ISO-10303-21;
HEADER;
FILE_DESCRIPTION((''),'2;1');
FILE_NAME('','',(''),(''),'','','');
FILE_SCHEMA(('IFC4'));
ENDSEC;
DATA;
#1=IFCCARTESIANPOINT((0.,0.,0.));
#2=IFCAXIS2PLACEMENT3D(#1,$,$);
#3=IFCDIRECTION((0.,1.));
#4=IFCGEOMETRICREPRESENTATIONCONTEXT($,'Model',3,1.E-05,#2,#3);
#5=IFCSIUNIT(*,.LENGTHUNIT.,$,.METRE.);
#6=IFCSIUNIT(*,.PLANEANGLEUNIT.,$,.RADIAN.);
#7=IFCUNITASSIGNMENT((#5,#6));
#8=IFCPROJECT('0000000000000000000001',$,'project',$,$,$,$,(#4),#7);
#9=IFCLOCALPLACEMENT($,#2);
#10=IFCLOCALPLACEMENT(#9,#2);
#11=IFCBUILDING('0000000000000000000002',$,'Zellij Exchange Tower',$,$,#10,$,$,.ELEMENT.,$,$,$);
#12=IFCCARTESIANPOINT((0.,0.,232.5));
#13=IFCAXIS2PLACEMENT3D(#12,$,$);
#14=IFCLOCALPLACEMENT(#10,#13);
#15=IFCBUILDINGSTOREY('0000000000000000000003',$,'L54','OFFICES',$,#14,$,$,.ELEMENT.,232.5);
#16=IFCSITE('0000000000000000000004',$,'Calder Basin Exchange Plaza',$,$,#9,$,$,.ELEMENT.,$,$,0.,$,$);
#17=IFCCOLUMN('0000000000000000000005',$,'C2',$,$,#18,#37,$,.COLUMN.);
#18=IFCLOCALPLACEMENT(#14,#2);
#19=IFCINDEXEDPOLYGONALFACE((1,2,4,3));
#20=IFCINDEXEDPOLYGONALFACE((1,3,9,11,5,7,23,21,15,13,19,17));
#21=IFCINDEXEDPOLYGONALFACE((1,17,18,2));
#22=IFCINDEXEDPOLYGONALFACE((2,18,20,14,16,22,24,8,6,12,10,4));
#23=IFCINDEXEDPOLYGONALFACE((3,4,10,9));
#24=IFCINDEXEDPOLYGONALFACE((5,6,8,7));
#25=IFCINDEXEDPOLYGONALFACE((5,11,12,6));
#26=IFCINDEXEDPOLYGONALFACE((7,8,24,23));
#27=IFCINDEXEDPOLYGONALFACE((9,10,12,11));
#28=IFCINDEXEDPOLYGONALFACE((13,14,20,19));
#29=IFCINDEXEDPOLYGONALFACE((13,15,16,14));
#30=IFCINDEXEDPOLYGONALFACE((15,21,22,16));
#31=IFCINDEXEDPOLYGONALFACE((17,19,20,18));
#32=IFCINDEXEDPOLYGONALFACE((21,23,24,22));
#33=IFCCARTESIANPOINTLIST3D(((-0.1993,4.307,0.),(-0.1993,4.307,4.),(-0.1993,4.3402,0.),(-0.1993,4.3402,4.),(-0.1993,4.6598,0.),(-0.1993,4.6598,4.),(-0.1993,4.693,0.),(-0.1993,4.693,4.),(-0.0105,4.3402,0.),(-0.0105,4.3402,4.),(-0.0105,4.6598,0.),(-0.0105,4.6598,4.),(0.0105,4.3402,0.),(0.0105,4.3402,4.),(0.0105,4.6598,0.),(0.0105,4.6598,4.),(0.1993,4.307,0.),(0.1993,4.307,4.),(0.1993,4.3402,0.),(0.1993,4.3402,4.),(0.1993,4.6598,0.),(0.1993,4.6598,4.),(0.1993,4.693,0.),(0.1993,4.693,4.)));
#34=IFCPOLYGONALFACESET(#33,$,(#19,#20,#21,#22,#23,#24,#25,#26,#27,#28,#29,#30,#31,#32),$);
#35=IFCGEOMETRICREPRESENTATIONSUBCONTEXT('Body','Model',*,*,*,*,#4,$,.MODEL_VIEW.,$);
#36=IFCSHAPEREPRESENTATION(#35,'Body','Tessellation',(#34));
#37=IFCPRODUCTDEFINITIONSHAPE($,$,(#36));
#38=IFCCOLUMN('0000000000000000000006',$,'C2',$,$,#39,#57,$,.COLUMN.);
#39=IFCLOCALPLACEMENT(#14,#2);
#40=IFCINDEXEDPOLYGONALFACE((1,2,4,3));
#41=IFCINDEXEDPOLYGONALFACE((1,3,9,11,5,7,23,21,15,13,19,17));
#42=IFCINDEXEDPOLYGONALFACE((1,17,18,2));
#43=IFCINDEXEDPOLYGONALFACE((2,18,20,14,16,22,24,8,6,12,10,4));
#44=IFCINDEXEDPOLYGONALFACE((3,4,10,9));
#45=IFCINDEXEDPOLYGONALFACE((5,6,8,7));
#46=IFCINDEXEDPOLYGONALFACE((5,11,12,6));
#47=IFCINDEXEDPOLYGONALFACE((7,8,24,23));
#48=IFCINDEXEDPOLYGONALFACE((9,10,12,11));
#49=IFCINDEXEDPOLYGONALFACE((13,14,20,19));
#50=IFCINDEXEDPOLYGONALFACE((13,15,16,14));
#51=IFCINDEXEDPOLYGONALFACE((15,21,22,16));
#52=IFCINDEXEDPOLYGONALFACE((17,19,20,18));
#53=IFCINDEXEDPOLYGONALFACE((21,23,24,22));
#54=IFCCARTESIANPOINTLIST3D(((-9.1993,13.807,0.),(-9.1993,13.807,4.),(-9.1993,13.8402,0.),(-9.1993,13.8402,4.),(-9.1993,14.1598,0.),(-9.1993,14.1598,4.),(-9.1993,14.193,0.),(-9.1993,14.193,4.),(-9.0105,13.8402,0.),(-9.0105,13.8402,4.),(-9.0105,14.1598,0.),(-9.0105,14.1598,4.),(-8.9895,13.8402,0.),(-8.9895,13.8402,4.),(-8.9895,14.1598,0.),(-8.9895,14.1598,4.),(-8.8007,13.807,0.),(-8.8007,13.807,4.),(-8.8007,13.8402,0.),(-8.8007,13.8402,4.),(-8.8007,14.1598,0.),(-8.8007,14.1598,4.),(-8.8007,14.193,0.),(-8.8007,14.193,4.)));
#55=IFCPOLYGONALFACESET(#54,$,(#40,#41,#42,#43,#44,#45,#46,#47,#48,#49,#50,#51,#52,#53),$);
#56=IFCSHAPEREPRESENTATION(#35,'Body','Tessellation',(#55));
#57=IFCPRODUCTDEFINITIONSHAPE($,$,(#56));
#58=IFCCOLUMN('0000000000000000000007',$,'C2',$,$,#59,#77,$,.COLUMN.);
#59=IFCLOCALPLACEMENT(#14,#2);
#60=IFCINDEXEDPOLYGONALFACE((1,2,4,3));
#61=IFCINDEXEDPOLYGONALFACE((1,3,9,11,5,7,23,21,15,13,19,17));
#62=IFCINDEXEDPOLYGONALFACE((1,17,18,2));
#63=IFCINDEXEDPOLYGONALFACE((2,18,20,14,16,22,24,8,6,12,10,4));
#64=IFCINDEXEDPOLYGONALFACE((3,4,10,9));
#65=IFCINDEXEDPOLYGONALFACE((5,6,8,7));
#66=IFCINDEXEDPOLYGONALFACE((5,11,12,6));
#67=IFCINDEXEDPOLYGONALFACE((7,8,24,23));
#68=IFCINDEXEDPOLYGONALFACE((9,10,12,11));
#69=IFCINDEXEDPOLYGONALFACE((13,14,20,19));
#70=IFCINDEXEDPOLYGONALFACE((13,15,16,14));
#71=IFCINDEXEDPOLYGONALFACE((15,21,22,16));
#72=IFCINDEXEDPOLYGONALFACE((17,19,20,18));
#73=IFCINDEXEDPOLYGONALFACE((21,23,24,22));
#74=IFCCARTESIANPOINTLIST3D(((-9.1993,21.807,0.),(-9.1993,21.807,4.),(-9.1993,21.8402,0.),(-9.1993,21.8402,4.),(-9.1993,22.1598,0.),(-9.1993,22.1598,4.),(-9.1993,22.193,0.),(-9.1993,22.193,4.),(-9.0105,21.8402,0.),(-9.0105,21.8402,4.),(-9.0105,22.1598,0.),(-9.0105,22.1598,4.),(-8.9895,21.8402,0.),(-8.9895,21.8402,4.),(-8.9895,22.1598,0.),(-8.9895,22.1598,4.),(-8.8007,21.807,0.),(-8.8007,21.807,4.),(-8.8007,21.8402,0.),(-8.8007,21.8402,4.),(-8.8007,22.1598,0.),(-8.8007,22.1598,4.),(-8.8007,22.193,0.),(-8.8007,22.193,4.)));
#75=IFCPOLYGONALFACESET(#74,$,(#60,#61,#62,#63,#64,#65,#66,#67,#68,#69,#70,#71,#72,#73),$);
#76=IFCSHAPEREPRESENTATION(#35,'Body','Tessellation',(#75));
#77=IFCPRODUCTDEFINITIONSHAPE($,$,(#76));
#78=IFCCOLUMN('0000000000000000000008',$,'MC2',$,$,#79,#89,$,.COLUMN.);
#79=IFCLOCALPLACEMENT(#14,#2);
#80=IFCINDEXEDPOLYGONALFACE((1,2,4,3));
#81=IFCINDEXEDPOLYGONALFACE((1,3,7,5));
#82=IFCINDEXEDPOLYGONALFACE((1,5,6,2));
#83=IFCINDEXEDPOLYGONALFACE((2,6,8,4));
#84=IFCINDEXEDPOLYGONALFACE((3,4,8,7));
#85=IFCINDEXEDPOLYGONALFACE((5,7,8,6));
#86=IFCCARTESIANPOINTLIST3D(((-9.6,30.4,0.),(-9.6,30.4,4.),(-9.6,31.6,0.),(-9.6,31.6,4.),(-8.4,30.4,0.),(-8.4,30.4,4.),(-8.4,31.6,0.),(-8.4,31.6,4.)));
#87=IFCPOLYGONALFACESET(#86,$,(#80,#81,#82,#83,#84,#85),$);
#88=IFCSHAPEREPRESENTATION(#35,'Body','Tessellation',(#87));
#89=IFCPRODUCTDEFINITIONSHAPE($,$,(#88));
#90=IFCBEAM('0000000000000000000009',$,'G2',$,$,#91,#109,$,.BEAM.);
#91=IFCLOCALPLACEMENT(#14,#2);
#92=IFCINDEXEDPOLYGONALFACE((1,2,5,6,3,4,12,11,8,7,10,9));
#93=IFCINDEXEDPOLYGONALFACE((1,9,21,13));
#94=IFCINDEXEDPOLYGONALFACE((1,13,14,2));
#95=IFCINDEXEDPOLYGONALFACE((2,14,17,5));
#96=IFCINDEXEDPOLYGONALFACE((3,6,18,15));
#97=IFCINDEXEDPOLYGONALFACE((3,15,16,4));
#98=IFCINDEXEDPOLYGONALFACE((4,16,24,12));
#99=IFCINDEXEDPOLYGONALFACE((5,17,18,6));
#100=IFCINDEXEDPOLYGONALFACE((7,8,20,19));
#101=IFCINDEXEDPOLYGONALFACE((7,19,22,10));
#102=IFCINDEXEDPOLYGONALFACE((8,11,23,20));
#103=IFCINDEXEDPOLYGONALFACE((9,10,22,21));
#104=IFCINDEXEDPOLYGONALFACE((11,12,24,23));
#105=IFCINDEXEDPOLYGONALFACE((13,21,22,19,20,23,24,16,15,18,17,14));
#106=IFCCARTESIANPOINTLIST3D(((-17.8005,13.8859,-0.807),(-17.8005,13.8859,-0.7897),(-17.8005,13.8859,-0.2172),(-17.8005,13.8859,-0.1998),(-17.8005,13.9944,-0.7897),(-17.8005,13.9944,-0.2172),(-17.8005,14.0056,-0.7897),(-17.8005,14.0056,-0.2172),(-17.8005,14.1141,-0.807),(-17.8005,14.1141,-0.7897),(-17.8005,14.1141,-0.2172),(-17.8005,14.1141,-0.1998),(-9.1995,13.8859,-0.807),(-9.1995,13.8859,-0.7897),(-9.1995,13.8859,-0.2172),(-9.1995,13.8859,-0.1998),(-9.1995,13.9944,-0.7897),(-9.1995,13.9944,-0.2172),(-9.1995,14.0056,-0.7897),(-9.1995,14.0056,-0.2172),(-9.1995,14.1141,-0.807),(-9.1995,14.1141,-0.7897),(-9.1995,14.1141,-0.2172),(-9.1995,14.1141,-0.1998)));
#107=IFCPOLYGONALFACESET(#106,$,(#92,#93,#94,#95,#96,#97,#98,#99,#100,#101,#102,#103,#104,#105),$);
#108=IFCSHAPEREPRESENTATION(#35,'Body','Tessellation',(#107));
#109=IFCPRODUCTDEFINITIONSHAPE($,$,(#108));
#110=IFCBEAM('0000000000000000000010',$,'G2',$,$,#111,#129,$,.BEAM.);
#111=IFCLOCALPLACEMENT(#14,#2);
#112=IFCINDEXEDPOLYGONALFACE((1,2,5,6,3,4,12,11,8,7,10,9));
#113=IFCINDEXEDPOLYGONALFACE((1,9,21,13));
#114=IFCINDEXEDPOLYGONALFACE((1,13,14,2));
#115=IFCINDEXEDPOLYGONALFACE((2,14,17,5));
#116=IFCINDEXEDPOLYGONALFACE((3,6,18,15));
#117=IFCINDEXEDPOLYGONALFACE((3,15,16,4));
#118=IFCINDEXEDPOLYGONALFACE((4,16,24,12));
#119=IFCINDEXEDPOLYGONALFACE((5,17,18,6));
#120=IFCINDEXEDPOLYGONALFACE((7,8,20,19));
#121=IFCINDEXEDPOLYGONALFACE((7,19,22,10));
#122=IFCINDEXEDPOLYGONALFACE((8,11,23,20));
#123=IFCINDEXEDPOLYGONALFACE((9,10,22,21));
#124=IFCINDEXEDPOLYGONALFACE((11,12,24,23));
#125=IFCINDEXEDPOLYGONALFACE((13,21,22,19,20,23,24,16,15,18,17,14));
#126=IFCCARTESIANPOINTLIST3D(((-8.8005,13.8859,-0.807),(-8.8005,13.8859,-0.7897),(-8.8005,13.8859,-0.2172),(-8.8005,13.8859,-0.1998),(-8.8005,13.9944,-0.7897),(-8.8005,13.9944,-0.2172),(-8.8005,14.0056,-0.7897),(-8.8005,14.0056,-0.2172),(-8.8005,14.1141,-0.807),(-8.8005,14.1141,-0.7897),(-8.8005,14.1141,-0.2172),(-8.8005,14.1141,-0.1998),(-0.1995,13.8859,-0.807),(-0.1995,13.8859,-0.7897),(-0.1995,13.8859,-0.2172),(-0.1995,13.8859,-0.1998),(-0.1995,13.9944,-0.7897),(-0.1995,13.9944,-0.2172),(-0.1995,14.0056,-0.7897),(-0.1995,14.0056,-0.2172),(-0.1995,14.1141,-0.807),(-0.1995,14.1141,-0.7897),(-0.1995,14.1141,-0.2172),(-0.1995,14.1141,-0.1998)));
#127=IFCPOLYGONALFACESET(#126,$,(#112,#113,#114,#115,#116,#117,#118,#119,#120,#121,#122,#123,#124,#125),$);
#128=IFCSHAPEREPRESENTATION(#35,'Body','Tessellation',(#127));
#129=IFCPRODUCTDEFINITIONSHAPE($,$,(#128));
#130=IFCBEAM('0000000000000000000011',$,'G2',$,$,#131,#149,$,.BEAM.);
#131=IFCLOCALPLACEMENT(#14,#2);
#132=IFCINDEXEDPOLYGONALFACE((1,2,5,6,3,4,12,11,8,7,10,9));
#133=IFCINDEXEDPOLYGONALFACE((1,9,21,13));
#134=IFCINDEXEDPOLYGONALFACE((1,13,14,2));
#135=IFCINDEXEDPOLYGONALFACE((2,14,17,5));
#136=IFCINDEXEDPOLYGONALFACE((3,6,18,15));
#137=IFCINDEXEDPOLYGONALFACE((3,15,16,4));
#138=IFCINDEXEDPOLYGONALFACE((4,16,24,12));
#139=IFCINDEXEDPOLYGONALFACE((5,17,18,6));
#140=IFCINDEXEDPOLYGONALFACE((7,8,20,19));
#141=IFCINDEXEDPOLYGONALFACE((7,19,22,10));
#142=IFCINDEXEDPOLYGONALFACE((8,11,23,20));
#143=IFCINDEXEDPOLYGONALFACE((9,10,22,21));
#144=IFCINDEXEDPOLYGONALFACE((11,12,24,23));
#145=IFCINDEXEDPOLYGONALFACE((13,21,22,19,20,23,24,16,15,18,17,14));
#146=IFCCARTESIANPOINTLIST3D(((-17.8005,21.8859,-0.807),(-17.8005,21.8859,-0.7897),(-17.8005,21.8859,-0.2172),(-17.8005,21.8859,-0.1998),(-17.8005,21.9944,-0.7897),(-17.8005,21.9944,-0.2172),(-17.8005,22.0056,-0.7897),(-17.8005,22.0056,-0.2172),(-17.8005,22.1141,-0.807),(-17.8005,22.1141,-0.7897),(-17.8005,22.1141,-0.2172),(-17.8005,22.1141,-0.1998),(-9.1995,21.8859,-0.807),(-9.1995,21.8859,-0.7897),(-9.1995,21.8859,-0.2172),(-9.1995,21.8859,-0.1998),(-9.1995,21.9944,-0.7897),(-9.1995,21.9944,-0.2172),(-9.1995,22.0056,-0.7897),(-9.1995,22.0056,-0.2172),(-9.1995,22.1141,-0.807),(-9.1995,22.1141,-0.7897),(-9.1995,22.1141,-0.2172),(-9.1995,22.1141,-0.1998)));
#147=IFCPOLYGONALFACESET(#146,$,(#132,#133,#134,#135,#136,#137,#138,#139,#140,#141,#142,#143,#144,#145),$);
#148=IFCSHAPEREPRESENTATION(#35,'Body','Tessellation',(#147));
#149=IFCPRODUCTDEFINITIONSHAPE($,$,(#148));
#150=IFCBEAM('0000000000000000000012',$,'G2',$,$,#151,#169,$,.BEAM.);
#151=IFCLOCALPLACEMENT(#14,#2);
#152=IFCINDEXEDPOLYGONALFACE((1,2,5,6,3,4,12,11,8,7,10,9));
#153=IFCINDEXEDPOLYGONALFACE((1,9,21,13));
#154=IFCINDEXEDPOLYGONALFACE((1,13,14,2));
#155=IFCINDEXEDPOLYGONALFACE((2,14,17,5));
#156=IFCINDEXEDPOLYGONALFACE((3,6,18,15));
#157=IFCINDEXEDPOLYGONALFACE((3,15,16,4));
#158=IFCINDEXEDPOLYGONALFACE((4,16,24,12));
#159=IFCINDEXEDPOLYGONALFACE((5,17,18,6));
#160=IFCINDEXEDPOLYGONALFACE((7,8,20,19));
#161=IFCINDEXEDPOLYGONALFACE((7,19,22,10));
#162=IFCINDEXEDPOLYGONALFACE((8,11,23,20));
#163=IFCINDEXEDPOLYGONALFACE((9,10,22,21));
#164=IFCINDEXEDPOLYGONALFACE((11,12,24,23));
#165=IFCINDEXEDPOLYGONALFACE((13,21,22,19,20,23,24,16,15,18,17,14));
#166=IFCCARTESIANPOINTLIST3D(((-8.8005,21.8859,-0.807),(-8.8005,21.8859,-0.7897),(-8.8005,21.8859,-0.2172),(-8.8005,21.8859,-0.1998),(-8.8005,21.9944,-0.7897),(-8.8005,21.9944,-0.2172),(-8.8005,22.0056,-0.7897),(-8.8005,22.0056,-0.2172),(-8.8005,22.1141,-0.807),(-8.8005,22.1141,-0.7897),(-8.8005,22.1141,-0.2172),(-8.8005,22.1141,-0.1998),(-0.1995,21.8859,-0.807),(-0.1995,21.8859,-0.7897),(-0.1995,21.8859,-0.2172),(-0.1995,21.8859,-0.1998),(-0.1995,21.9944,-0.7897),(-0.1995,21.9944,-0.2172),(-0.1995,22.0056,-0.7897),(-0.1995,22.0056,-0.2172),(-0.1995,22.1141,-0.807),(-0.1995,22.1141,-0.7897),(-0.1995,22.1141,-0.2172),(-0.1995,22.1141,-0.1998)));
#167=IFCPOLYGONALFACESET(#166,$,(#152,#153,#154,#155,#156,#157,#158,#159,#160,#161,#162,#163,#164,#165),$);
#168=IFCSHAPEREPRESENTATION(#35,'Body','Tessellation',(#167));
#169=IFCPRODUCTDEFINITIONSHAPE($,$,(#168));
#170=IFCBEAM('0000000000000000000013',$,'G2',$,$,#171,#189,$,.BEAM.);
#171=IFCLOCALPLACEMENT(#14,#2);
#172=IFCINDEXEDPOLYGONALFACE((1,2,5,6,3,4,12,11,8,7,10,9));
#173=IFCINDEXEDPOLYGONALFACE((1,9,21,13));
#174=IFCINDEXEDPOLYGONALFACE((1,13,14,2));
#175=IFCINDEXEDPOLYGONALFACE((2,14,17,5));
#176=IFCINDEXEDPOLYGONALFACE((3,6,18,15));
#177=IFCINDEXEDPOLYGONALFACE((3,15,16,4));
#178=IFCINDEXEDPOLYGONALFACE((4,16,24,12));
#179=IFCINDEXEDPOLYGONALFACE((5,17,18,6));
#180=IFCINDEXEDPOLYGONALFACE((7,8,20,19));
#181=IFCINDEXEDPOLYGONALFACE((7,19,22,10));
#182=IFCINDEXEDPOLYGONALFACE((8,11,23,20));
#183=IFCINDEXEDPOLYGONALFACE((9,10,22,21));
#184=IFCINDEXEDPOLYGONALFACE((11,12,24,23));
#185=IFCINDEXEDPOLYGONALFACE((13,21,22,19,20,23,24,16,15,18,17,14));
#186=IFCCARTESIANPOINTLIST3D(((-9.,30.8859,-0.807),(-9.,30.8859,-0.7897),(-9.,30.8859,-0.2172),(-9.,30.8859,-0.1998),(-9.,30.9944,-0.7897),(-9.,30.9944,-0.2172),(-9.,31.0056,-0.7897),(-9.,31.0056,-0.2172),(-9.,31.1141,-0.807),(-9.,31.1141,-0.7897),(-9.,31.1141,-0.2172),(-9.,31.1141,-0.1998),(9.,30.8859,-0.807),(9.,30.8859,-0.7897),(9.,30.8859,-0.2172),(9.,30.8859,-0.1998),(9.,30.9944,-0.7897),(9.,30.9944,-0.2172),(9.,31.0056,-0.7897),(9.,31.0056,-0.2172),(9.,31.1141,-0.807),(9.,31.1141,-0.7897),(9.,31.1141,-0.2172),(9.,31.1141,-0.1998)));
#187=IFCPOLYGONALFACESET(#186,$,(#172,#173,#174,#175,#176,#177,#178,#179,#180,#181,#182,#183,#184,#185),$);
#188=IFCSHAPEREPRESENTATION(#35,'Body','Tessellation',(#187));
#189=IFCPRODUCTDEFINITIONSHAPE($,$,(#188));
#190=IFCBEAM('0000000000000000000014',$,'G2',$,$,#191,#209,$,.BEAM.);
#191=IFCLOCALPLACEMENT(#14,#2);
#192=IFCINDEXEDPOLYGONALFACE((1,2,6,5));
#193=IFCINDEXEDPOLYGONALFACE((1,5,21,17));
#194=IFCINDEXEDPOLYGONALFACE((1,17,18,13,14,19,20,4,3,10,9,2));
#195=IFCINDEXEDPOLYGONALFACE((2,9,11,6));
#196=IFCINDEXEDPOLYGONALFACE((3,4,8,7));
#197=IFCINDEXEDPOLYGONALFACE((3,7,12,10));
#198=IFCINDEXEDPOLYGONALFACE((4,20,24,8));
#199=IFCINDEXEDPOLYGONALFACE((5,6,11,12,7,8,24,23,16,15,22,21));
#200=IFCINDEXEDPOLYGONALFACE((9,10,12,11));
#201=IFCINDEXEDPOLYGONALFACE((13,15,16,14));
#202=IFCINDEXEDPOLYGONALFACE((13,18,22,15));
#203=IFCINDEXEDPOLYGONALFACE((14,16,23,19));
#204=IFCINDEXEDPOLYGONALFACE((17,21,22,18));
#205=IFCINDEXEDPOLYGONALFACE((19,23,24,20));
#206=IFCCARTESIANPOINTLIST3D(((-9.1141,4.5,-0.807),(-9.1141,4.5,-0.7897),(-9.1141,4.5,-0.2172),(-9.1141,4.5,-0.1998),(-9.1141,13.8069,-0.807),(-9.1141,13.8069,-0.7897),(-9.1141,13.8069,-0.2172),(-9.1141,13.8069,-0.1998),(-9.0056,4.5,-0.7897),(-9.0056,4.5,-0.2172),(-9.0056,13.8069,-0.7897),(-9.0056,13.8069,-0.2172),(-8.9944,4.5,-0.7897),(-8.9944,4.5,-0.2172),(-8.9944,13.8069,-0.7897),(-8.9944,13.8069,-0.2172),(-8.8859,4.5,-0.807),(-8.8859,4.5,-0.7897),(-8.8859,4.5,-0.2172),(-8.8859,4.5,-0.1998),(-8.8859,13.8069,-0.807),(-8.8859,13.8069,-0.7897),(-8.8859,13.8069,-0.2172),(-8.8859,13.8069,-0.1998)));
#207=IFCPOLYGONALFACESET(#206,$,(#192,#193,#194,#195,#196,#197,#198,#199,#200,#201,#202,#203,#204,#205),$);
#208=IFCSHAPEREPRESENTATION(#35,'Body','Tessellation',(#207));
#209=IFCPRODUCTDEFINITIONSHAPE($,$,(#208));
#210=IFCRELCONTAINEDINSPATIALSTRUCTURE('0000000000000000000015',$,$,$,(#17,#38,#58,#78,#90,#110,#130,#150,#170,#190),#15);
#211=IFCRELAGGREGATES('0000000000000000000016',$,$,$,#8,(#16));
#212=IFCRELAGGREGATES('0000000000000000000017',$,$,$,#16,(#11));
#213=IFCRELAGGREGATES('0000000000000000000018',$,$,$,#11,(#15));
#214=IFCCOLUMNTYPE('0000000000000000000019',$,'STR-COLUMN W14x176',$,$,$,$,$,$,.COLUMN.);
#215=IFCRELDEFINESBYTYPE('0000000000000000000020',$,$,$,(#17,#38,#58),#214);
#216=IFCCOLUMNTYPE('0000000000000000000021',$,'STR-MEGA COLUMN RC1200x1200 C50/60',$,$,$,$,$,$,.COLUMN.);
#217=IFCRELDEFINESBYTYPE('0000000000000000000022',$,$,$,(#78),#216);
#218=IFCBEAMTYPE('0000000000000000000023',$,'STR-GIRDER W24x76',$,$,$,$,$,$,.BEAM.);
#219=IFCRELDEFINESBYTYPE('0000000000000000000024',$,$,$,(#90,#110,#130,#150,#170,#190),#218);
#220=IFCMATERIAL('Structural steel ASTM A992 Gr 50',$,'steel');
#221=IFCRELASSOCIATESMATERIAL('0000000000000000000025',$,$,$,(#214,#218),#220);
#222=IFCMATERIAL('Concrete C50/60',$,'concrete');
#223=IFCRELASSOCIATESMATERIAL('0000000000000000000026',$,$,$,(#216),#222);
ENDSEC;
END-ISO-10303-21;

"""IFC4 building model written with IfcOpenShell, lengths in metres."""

from ifc_helpers import new_model, si_unit, direction, frame, origin, origin_2d, place, context, subcontext, project, spatial, rectangle, i_section, extrude, material, material_profile, profile_set, type_object, element, save


model = new_model("IFC4")

# Units and contexts
model_context = context("Model", 3, precision=1e-05, world=origin(), true_north=direction((0.0, 1.0)))
body_context = subcontext(model_context, "Body", "Model", "MODEL_VIEW")
ifc_project = project(units=[si_unit("LENGTHUNIT", "METRE"), si_unit("PLANEANGLEUNIT", "RADIAN")], contexts=[model_context])

# Site, building, storey
site_placement = place(None, origin())
site = spatial("IfcSite", under=ifc_project, at=site_placement, Name="Calder Basin Exchange Plaza", CompositionType="ELEMENT", RefElevation=0.0)
building_placement = place(site_placement, origin())
building = spatial("IfcBuilding", under=site, at=building_placement, Name="Zellij Exchange Tower", CompositionType="ELEMENT")
storey_placement = place(building_placement, frame((0.0, 0.0, 232.5)))
storey = spatial("IfcBuildingStorey", under=building, at=storey_placement, Name="L54", Description="OFFICES", CompositionType="ELEMENT", Elevation=232.5)

# Columns
ifc_material_1 = material(Name="Structural steel ASTM A992 Gr 50", Category="steel")
ifc_material_profile_1 = material_profile(ifc_material_1, i_section(OverallWidth=0.3987, OverallDepth=0.386, WebThickness=0.021, FlangeThickness=0.0332, at=origin_2d()), Name="W14x176")
ifc_profile_set_1 = profile_set([ifc_material_profile_1], Name="Structural steel ASTM A992 Gr 50")
column_type_1 = type_object("IfcColumnType", Name="STR-COLUMN W14x176", PredefinedType="COLUMN", material=ifc_profile_set_1)
for number, where, z_axis, x_axis, name in (
    (1, (0.0, 4.5, 0.0), (0.0, 0.0, 1.0), (1.0, 0.0, 0.0), "C2"),
    (2, (-9.0, 14.0, 0.0), (0.0, 0.0, 1.0), (1.0, 0.0, 0.0), "C2"),
    (3, (-9.0, 22.0, 0.0), (0.0, 0.0, 1.0), (1.0, 0.0, 0.0), "C2"),
):
    element("IfcColumn", number, at=place(storey_placement, frame(where, z_axis=z_axis, x_axis=x_axis)), inside=storey, type_object=column_type_1, Name=name, PredefinedType="COLUMN", context=body_context, shape_type="SweptSolid", body=[
        extrude(i_section(OverallWidth=0.3987, OverallDepth=0.386, WebThickness=0.021, FlangeThickness=0.0332, at=origin_2d()), origin(), (0.0, 0.0, 1.0), 4.0),
    ])
ifc_material_2 = material(Name="Concrete C50/60", Category="concrete")
ifc_material_profile_2 = material_profile(ifc_material_2, rectangle(XDim=1.2, YDim=1.2, at=origin_2d()), Name="STR-MEGA COLUMN RC1200x1200 C50/60")
ifc_profile_set_2 = profile_set([ifc_material_profile_2], Name="Concrete C50/60")
column_type_2 = type_object("IfcColumnType", Name="STR-MEGA COLUMN RC1200x1200 C50/60", PredefinedType="COLUMN", material=ifc_profile_set_2)
column_placement = place(storey_placement, frame((-9.0, 31.0, 0.0), z_axis=(0.0, 0.0, 1.0), x_axis=(1.0, 0.0, 0.0)))
element("IfcColumn", 4, at=column_placement, inside=storey, type_object=column_type_2, Name="MC2", PredefinedType="COLUMN", context=body_context, shape_type="SweptSolid", body=[
    extrude(rectangle(XDim=1.2, YDim=1.2, at=origin_2d()), origin(), (0.0, 0.0, 1.0), 4.0),
])

# Beams
ifc_material_profile_3 = material_profile(ifc_material_1, i_section(OverallWidth=0.2283, OverallDepth=0.6072, WebThickness=0.0112, FlangeThickness=0.0173, at=origin_2d()), Name="W24x76")
ifc_profile_set_3 = profile_set([ifc_material_profile_3], Name="Structural steel ASTM A992 Gr 50")
beam_type = type_object("IfcBeamType", Name="STR-GIRDER W24x76", PredefinedType="BEAM", material=ifc_profile_set_3)
for number, where, z_axis, x_axis, name in (
    (5, (-17.8005, 14.0, -0.5034), (1.0, 0.0, 0.0), (0.0, 1.0, 0.0), "G2"),
    (6, (-8.8005, 14.0, -0.5034), (1.0, 0.0, 0.0), (0.0, 1.0, 0.0), "G2"),
    (7, (-17.8005, 22.0, -0.5034), (1.0, 0.0, 0.0), (0.0, 1.0, 0.0), "G2"),
    (8, (-8.8005, 22.0, -0.5034), (1.0, 0.0, 0.0), (0.0, 1.0, 0.0), "G2"),
):
    element("IfcBeam", number, at=place(storey_placement, frame(where, z_axis=z_axis, x_axis=x_axis)), inside=storey, type_object=beam_type, Name=name, PredefinedType="BEAM", context=body_context, shape_type="SweptSolid", body=[
        extrude(i_section(OverallWidth=0.2283, OverallDepth=0.6072, WebThickness=0.0112, FlangeThickness=0.0173, at=origin_2d()), origin(), (0.0, 0.0, 1.0), 8.6011),
    ])
beam_1_placement = place(storey_placement, frame((-9.0, 31.0, -0.5034), z_axis=(1.0, 0.0, 0.0), x_axis=(0.0, 1.0, 0.0)))
element("IfcBeam", 9, at=beam_1_placement, inside=storey, type_object=beam_type, Name="G2", PredefinedType="BEAM", context=body_context, shape_type="SweptSolid", body=[
    extrude(i_section(OverallWidth=0.2283, OverallDepth=0.6072, WebThickness=0.0112, FlangeThickness=0.0173, at=origin_2d()), origin(), (0.0, 0.0, 1.0), 18.0),
])
beam_2_placement = place(storey_placement, frame((-9.0, 4.5, -0.5034), z_axis=(0.0, 1.0, 0.0), x_axis=(-1.0, 0.0, 0.0)))
element("IfcBeam", 10, at=beam_2_placement, inside=storey, type_object=beam_type, Name="G2", PredefinedType="BEAM", context=body_context, shape_type="SweptSolid", body=[
    extrude(i_section(OverallWidth=0.2283, OverallDepth=0.6072, WebThickness=0.0112, FlangeThickness=0.0173, at=origin_2d()), origin(), (0.0, 0.0, 1.0), 9.3069),
])

save(model, "model.ifc")
